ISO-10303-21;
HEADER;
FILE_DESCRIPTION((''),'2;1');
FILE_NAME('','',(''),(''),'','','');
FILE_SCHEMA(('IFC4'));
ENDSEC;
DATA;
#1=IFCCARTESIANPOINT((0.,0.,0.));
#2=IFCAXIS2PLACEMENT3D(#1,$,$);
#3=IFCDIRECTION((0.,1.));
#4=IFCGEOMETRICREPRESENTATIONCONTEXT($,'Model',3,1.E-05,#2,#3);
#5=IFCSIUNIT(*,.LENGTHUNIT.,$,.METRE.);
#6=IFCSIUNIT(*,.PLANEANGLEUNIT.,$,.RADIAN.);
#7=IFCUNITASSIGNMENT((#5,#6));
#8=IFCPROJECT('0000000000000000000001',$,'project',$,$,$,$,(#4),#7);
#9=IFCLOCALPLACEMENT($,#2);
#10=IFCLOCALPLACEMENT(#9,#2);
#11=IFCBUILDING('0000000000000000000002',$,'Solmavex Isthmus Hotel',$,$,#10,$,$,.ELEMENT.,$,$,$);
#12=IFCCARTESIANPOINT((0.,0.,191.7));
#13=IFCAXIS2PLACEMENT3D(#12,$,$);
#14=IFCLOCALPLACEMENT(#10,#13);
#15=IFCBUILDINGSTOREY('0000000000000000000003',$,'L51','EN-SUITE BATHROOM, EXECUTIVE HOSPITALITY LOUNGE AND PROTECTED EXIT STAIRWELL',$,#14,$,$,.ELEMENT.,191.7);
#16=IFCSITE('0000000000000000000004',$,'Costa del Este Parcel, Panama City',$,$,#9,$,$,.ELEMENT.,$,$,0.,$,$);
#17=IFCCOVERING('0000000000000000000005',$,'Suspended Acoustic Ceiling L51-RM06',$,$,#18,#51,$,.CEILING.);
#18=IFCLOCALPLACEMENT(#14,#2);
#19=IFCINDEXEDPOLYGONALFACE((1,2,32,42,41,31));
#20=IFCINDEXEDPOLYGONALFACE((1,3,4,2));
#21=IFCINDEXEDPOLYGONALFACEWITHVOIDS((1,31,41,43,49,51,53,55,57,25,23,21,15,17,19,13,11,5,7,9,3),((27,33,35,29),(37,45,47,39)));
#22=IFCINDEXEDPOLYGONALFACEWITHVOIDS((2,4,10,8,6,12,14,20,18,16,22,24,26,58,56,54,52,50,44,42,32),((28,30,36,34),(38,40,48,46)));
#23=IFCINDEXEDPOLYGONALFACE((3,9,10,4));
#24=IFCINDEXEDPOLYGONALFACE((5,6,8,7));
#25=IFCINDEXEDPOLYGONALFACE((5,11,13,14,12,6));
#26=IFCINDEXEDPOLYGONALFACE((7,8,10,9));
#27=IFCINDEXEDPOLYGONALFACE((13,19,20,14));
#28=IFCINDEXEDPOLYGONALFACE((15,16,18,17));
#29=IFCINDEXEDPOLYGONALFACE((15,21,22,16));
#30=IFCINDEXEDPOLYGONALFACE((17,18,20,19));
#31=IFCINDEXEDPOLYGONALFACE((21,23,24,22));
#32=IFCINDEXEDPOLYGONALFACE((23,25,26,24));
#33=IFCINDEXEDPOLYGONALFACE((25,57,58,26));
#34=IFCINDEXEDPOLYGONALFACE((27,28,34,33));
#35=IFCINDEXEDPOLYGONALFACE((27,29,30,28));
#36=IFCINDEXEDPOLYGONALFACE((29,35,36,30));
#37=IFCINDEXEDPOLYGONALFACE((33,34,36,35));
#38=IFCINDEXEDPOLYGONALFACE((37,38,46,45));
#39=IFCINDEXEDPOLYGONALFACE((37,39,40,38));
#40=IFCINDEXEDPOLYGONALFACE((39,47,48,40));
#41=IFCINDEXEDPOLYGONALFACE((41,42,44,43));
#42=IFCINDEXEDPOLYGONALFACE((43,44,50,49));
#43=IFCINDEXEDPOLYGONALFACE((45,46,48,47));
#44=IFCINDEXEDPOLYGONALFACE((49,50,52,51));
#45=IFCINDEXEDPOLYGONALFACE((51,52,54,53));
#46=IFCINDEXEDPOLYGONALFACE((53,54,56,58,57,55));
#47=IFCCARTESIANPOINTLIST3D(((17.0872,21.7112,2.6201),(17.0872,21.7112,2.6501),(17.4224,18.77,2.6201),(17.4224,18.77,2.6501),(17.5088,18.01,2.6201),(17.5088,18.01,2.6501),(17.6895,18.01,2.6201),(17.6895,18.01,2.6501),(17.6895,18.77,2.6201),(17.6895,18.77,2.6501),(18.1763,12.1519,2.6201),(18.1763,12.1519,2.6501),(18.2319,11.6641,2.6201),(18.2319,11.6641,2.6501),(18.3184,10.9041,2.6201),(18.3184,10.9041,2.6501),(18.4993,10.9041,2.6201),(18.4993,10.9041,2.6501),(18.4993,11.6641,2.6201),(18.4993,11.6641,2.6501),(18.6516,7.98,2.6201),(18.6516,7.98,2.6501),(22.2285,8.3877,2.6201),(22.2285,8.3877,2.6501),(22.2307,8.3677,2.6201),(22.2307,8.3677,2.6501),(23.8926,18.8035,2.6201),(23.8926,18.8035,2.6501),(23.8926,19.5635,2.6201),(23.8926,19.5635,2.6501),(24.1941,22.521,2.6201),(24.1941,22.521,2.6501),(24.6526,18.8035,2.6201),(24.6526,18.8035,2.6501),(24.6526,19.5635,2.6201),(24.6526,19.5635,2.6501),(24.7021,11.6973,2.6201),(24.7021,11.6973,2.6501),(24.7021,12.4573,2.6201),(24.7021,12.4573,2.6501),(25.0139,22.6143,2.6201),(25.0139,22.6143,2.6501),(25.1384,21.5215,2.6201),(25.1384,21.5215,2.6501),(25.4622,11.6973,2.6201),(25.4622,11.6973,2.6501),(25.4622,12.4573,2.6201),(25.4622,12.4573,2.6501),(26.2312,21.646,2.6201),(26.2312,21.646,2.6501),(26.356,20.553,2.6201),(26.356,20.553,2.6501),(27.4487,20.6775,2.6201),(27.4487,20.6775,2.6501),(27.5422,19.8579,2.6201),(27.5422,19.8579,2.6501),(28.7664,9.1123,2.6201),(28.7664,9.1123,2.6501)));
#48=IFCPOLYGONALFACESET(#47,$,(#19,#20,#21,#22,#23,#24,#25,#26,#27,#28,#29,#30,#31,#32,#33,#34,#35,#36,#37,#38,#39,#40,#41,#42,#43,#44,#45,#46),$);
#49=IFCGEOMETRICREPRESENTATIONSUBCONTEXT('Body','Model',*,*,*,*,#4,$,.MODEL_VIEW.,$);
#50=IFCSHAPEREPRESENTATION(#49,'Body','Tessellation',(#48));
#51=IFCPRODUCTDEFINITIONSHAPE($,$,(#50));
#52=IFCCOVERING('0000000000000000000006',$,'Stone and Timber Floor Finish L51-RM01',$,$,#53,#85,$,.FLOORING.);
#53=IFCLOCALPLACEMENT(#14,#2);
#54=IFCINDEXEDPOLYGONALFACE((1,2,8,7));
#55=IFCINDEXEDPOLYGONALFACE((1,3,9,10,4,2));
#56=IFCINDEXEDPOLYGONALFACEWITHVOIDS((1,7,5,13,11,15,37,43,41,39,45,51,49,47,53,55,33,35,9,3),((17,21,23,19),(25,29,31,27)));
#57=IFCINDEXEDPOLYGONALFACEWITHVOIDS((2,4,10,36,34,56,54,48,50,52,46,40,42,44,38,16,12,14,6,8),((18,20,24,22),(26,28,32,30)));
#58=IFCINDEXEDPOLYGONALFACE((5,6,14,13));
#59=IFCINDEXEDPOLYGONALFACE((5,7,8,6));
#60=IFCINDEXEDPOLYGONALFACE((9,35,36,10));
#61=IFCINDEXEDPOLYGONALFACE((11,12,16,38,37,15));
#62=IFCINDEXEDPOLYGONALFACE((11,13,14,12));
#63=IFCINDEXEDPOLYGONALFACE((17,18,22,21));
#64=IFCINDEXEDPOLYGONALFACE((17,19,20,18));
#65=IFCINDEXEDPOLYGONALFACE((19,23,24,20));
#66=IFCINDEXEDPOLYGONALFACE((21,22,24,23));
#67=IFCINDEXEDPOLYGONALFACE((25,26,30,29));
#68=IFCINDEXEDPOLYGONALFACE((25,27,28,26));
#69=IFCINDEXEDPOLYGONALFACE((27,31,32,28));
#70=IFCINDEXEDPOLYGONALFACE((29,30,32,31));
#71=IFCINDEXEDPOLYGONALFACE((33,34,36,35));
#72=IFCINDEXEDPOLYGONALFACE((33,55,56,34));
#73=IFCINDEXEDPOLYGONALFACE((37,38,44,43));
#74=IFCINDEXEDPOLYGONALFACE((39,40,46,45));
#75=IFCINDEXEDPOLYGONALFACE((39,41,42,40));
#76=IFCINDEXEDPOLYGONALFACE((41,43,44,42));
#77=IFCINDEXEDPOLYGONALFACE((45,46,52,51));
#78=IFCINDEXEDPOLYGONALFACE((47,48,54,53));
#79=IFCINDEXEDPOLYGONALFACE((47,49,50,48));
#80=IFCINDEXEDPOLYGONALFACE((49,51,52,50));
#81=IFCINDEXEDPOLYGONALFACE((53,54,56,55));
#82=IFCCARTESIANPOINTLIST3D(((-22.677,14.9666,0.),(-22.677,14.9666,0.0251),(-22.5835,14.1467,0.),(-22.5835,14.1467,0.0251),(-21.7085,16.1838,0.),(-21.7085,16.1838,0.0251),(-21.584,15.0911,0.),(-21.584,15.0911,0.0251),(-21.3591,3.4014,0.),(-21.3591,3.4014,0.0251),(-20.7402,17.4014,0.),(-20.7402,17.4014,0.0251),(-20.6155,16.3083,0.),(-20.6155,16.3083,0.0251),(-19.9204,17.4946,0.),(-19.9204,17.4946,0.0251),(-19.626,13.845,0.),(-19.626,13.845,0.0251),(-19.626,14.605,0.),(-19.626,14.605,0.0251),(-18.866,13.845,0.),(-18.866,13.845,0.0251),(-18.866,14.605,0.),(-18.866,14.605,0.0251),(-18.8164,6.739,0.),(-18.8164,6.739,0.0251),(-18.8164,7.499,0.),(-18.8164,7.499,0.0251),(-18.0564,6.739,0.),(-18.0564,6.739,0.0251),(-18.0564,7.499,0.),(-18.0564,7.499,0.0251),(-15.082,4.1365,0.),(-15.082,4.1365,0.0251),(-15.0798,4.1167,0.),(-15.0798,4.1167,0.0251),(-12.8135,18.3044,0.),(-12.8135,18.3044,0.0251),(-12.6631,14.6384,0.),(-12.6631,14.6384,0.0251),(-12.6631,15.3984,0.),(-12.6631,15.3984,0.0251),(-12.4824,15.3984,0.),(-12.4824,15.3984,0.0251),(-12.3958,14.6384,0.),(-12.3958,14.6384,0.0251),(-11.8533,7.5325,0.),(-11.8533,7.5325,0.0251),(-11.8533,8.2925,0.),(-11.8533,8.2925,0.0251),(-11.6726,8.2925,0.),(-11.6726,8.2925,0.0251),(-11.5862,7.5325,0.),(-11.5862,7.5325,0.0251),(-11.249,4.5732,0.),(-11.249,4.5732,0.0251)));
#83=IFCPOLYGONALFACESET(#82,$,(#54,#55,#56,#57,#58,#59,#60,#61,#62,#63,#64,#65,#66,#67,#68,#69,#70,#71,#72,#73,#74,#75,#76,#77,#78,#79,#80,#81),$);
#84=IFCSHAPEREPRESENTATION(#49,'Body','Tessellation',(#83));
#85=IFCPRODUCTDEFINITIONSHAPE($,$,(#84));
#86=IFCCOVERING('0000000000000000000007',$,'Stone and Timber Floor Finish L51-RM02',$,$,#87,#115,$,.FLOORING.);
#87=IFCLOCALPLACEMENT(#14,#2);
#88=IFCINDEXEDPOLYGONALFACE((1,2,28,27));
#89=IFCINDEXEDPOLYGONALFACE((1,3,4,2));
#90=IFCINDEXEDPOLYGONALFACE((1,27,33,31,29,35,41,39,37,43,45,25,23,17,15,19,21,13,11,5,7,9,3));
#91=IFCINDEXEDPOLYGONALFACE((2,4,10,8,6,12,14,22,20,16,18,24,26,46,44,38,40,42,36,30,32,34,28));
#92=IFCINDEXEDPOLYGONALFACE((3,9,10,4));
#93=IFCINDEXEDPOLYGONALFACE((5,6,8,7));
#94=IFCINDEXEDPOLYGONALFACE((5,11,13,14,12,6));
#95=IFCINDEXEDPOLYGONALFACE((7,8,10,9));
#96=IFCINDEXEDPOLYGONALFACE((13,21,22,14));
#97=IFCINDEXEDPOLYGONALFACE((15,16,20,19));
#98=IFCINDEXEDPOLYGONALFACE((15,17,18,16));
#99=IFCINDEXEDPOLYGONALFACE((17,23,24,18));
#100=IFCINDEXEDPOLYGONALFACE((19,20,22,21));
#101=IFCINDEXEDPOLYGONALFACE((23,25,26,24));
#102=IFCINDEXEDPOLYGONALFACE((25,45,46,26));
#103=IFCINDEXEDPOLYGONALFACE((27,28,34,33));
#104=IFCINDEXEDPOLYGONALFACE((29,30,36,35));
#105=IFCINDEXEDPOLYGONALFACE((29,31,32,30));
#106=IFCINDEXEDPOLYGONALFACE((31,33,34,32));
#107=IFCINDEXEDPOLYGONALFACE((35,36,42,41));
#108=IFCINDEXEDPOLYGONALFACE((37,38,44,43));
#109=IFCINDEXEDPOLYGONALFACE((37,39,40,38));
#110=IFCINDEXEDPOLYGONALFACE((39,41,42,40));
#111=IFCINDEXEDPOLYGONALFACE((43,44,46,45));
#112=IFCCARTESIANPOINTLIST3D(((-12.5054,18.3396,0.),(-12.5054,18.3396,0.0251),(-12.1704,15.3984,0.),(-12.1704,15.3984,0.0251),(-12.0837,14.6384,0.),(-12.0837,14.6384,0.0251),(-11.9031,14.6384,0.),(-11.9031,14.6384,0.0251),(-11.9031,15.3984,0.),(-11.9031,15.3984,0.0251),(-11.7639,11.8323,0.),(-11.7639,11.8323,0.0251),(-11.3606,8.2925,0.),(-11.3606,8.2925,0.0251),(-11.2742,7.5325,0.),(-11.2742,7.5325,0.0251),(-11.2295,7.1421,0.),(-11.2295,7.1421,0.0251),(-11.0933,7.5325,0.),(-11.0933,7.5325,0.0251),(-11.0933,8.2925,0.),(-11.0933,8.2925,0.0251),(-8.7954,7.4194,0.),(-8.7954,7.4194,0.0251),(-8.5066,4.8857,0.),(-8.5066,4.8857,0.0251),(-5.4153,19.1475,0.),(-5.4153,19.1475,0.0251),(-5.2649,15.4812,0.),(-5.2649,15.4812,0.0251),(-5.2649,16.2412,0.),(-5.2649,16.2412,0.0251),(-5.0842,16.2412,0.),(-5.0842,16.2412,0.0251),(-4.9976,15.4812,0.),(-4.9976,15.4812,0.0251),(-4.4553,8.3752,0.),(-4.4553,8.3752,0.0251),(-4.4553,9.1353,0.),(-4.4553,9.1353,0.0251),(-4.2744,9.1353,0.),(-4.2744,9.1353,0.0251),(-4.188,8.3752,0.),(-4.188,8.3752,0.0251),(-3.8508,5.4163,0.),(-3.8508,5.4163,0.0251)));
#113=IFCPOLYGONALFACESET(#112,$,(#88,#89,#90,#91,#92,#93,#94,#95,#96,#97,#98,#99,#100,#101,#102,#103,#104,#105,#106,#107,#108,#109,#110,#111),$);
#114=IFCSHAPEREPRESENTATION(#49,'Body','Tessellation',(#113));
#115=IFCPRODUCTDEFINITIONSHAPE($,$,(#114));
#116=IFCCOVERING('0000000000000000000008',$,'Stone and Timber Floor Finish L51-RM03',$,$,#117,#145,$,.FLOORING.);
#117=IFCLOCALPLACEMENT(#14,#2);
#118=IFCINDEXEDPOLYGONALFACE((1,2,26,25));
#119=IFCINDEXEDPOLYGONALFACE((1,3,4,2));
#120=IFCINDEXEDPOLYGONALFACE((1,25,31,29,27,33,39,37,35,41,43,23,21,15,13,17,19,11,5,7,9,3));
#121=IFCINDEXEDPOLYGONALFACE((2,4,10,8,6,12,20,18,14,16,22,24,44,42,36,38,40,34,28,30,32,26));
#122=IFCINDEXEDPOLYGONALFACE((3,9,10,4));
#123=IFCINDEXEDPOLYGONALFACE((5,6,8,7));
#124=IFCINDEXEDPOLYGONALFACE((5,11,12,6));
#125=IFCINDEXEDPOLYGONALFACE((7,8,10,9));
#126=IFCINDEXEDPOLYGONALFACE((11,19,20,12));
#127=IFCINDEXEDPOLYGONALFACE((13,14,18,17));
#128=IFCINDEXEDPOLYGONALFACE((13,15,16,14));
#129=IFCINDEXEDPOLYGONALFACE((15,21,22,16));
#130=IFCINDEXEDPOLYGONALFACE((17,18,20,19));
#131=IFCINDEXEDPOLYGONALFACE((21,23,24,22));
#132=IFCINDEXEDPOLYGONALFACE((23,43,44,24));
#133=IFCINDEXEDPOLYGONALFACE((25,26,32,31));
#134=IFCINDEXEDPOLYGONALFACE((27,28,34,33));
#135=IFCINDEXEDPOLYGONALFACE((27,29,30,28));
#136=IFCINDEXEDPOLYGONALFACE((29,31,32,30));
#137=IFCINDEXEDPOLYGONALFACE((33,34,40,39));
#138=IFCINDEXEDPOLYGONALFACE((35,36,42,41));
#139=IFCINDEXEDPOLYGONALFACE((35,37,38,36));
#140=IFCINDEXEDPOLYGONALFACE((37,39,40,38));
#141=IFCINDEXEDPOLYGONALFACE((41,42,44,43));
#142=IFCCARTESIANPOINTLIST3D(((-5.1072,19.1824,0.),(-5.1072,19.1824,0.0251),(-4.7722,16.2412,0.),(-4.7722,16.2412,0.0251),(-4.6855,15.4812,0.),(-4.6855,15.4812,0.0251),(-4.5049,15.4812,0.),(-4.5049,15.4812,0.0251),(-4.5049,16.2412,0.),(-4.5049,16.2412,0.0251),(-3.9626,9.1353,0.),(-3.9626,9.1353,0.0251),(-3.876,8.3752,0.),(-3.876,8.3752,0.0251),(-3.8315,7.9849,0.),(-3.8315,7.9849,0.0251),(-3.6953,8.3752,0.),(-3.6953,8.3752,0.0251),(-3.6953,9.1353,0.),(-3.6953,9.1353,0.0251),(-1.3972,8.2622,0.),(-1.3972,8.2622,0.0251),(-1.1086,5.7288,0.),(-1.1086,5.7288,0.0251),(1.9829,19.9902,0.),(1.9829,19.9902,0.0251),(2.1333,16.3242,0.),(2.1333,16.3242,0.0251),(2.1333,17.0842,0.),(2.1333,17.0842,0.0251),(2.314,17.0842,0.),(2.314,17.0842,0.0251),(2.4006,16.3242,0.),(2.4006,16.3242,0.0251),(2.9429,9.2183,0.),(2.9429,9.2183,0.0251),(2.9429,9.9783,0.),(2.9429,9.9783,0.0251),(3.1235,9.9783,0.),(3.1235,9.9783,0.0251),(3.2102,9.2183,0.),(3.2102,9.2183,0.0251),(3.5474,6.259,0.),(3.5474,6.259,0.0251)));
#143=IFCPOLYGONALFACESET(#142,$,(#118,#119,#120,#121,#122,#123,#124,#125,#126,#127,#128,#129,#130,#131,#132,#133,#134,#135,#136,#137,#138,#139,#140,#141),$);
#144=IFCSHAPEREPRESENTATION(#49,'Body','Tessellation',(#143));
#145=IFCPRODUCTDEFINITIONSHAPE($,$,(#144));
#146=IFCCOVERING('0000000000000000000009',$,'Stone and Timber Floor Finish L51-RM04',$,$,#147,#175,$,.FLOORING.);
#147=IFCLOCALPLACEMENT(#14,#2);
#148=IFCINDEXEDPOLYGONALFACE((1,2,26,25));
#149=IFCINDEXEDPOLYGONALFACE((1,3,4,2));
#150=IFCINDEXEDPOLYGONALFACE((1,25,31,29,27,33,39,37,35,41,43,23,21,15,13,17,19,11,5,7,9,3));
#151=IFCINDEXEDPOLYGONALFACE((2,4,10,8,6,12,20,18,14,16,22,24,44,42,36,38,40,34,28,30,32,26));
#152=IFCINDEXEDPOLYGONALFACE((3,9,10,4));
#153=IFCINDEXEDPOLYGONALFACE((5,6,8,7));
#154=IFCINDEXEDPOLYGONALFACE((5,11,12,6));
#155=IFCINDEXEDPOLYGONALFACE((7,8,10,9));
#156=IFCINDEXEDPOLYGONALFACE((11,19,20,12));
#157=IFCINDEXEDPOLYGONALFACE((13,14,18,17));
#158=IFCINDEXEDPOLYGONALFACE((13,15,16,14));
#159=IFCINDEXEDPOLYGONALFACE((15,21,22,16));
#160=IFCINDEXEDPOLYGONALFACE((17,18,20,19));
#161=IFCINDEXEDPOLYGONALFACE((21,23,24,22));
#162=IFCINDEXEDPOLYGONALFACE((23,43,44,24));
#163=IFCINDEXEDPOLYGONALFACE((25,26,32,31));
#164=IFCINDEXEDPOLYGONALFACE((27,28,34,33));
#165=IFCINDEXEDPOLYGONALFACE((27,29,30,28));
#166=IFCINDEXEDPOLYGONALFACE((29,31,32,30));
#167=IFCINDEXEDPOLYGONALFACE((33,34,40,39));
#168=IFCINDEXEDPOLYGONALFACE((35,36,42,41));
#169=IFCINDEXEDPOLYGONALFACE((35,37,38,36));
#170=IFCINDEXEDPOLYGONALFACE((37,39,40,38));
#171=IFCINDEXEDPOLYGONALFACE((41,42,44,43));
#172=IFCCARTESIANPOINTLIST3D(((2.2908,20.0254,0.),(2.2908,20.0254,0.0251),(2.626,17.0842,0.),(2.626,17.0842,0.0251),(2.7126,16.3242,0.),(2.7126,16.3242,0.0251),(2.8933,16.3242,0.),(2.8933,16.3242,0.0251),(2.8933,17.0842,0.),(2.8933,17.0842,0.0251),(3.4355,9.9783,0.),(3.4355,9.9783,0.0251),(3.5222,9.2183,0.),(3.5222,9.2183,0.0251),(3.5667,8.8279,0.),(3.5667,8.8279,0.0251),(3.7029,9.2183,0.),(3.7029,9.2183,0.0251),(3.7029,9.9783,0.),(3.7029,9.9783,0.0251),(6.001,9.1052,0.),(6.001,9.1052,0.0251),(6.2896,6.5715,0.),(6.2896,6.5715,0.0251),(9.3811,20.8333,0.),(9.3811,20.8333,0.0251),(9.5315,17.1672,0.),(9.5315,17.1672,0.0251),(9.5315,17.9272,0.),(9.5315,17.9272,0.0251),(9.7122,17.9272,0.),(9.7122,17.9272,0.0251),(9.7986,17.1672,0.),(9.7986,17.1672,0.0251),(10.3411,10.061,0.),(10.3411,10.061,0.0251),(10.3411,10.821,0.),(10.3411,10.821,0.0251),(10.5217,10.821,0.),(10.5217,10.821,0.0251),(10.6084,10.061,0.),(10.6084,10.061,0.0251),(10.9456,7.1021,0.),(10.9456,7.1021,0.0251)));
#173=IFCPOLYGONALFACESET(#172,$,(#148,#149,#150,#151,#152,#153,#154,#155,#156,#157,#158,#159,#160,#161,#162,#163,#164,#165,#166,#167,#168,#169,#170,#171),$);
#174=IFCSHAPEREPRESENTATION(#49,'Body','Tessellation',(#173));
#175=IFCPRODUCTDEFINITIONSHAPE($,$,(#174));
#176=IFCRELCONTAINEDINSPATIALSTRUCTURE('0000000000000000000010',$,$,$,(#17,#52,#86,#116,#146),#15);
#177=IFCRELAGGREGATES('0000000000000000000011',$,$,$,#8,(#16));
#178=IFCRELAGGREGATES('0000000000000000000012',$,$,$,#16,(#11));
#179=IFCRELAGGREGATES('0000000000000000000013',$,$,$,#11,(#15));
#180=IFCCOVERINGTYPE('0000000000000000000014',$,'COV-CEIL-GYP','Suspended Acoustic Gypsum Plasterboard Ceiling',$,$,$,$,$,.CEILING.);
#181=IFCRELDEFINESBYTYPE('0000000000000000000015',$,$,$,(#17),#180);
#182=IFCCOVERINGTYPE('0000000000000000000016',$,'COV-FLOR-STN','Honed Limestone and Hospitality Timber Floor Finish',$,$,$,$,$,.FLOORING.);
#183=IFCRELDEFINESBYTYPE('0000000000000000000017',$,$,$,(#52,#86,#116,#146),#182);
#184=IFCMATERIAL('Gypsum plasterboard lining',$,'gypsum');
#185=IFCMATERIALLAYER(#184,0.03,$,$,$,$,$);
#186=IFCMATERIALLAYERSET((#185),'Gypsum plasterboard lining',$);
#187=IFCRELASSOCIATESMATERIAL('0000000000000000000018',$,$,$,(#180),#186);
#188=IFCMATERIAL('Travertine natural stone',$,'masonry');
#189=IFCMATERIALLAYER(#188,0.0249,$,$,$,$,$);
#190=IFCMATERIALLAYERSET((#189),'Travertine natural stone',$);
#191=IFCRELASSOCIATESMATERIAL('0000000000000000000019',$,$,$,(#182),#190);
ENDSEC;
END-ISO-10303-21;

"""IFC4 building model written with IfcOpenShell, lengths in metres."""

from ifc_helpers import new_model, si_unit, direction, frame, origin, place, context, subcontext, project, spatial, polyline, outline, extrude, material, layer, layer_set, type_object, element, save


model = new_model("IFC4")

# Units and contexts
model_context = context("Model", 3, precision=1e-05, world=origin(), true_north=direction((0.0, 1.0)))
body_context = subcontext(model_context, "Body", "Model", "MODEL_VIEW")
ifc_project = project(units=[si_unit("LENGTHUNIT", "METRE"), si_unit("PLANEANGLEUNIT", "RADIAN")], contexts=[model_context])

# Site, building, storey
site_placement = place(None, origin())
site = spatial("IfcSite", under=ifc_project, at=site_placement, Name="Costa del Este Parcel, Panama City", CompositionType="ELEMENT", RefElevation=0.0)
building_placement = place(site_placement, origin())
building = spatial("IfcBuilding", under=site, at=building_placement, Name="Solmavex Isthmus Hotel", CompositionType="ELEMENT")
storey_placement = place(building_placement, frame((0.0, 0.0, 191.7)))
storey = spatial("IfcBuildingStorey", under=building, at=storey_placement, Name="L51", Description="EN-SUITE BATHROOM, EXECUTIVE HOSPITALITY LOUNGE AND PROTECTED EXIT STAIRWELL", CompositionType="ELEMENT", Elevation=191.7)

# Shared definitions
ifc_material_1 = material(Name="Gypsum plasterboard lining", Category="gypsum")

# Coverings
ifc_layer_1 = layer(ifc_material_1, 0.03)
ifc_layer_set_1 = layer_set([ifc_layer_1], Name="Gypsum plasterboard lining")
covering_type_1 = type_object("IfcCoveringType", Name="COV-CEIL-GYP", Description="Suspended Acoustic Gypsum Plasterboard Ceiling", PredefinedType="CEILING", material=ifc_layer_set_1)
covering_1_placement = place(storey_placement, frame((0.0, 0.0, 2.6201)))
element("IfcCovering", 1, at=covering_1_placement, inside=storey, type_object=covering_type_1, Name="Suspended Acoustic Ceiling L51-RM06", PredefinedType="CEILING", context=body_context, shape_type="SweptSolid", body=[
    extrude(outline(polyline([(18.2319, 11.6641), (18.4993, 11.6641), (18.4993, 10.9041), (18.3184, 10.9041), (18.6516, 7.98), (22.2285, 8.3877), (22.2307, 8.3677), (28.7664, 9.1123), (27.5422, 19.8579), (27.4487, 20.6775), (26.356, 20.553), (26.2312, 21.646), (25.1384, 21.5215), (25.0139, 22.6143), (24.1941, 22.521), (17.0872, 21.7112), (17.4224, 18.77), (17.6895, 18.77), (17.6895, 18.01), (17.5088, 18.01), (18.1763, 12.1519), (18.2319, 11.6641)]), holes=[polyline([(24.7021, 11.6973), (24.7021, 12.4573), (25.4622, 12.4573), (25.4622, 11.6973), (24.7021, 11.6973)]), polyline([(23.8926, 19.5635), (24.6526, 19.5635), (24.6526, 18.8035), (23.8926, 18.8035), (23.8926, 19.5635)])]), origin(), (0.0, 0.0, 1.0), 0.03),
])
ifc_material_2 = material(Name="Travertine natural stone", Category="masonry")
ifc_layer_2 = layer(ifc_material_2, 0.0249)
ifc_layer_set_2 = layer_set([ifc_layer_2], Name="Travertine natural stone")
covering_type_2 = type_object("IfcCoveringType", Name="COV-FLOR-STN", Description="Honed Limestone and Hospitality Timber Floor Finish", PredefinedType="FLOORING", material=ifc_layer_set_2)
covering_2_placement = place(storey_placement, origin())
element("IfcCovering", 2, at=covering_2_placement, inside=storey, type_object=covering_type_2, Name="Stone and Timber Floor Finish L51-RM01", PredefinedType="FLOORING", context=body_context, shape_type="SweptSolid", body=[
    extrude(outline(polyline([(-15.0798, 4.1167), (-15.082, 4.1365), (-11.249, 4.5732), (-11.5862, 7.5325), (-11.8533, 7.5325), (-11.8533, 8.2925), (-11.6726, 8.2925), (-12.3958, 14.6384), (-12.6631, 14.6384), (-12.6631, 15.3984), (-12.4824, 15.3984), (-12.8135, 18.3044), (-19.9204, 17.4946), (-20.7402, 17.4014), (-20.6155, 16.3083), (-21.7085, 16.1838), (-21.584, 15.0911), (-22.677, 14.9666), (-22.5835, 14.1467), (-21.3591, 3.4014), (-15.0798, 4.1167)]), holes=[polyline([(-18.8164, 6.739), (-18.8164, 7.499), (-18.0564, 7.499), (-18.0564, 6.739), (-18.8164, 6.739)]), polyline([(-19.626, 13.845), (-19.626, 14.605), (-18.866, 14.605), (-18.866, 13.845), (-19.626, 13.845)])]), origin(), (0.0, 0.0, 1.0), 0.0251),
])
covering_3_placement = place(storey_placement, origin())
element("IfcCovering", 3, at=covering_3_placement, inside=storey, type_object=covering_type_2, Name="Stone and Timber Floor Finish L51-RM02", PredefinedType="FLOORING", context=body_context, shape_type="SweptSolid", body=[
    extrude(outline(polyline([(-11.3606, 8.2925), (-11.0933, 8.2925), (-11.0933, 7.5325), (-11.2742, 7.5325), (-11.2295, 7.1421), (-8.7954, 7.4194), (-8.5066, 4.8857), (-3.8508, 5.4163), (-4.188, 8.3752), (-4.4553, 8.3752), (-4.4553, 9.1353), (-4.2744, 9.1353), (-4.9976, 15.4812), (-5.2649, 15.4812), (-5.2649, 16.2412), (-5.0842, 16.2412), (-5.4153, 19.1475), (-12.5054, 18.3396), (-12.1704, 15.3984), (-11.9031, 15.3984), (-11.9031, 14.6384), (-12.0837, 14.6384), (-11.7639, 11.8323), (-11.3606, 8.2925)])), origin(), (0.0, 0.0, 1.0), 0.0251),
])
covering_4_placement = place(storey_placement, origin())
element("IfcCovering", 4, at=covering_4_placement, inside=storey, type_object=covering_type_2, Name="Stone and Timber Floor Finish L51-RM03", PredefinedType="FLOORING", context=body_context, shape_type="SweptSolid", body=[
    extrude(outline(polyline([(-3.9626, 9.1353), (-3.6953, 9.1353), (-3.6953, 8.3752), (-3.876, 8.3752), (-3.8315, 7.9849), (-1.3972, 8.2622), (-1.1086, 5.7288), (3.5474, 6.259), (3.2102, 9.2183), (2.9429, 9.2183), (2.9429, 9.9783), (3.1235, 9.9783), (2.4006, 16.3242), (2.1333, 16.3242), (2.1333, 17.0842), (2.314, 17.0842), (1.9829, 19.9902), (-5.1072, 19.1824), (-4.7722, 16.2412), (-4.5049, 16.2412), (-4.5049, 15.4812), (-4.6855, 15.4812), (-3.9626, 9.1353)])), origin(), (0.0, 0.0, 1.0), 0.0251),
])
covering_5_placement = place(storey_placement, origin())
element("IfcCovering", 5, at=covering_5_placement, inside=storey, type_object=covering_type_2, Name="Stone and Timber Floor Finish L51-RM04", PredefinedType="FLOORING", context=body_context, shape_type="SweptSolid", body=[
    extrude(outline(polyline([(3.4355, 9.9783), (3.7029, 9.9783), (3.7029, 9.2183), (3.5222, 9.2183), (3.5667, 8.8279), (6.001, 9.1052), (6.2896, 6.5715), (10.9456, 7.1021), (10.6084, 10.061), (10.3411, 10.061), (10.3411, 10.821), (10.5217, 10.821), (9.7986, 17.1672), (9.5315, 17.1672), (9.5315, 17.9272), (9.7122, 17.9272), (9.3811, 20.8333), (2.2908, 20.0254), (2.626, 17.0842), (2.8933, 17.0842), (2.8933, 16.3242), (2.7126, 16.3242), (3.4355, 9.9783)])), origin(), (0.0, 0.0, 1.0), 0.0251),
])

save(model, "model.ifc")
